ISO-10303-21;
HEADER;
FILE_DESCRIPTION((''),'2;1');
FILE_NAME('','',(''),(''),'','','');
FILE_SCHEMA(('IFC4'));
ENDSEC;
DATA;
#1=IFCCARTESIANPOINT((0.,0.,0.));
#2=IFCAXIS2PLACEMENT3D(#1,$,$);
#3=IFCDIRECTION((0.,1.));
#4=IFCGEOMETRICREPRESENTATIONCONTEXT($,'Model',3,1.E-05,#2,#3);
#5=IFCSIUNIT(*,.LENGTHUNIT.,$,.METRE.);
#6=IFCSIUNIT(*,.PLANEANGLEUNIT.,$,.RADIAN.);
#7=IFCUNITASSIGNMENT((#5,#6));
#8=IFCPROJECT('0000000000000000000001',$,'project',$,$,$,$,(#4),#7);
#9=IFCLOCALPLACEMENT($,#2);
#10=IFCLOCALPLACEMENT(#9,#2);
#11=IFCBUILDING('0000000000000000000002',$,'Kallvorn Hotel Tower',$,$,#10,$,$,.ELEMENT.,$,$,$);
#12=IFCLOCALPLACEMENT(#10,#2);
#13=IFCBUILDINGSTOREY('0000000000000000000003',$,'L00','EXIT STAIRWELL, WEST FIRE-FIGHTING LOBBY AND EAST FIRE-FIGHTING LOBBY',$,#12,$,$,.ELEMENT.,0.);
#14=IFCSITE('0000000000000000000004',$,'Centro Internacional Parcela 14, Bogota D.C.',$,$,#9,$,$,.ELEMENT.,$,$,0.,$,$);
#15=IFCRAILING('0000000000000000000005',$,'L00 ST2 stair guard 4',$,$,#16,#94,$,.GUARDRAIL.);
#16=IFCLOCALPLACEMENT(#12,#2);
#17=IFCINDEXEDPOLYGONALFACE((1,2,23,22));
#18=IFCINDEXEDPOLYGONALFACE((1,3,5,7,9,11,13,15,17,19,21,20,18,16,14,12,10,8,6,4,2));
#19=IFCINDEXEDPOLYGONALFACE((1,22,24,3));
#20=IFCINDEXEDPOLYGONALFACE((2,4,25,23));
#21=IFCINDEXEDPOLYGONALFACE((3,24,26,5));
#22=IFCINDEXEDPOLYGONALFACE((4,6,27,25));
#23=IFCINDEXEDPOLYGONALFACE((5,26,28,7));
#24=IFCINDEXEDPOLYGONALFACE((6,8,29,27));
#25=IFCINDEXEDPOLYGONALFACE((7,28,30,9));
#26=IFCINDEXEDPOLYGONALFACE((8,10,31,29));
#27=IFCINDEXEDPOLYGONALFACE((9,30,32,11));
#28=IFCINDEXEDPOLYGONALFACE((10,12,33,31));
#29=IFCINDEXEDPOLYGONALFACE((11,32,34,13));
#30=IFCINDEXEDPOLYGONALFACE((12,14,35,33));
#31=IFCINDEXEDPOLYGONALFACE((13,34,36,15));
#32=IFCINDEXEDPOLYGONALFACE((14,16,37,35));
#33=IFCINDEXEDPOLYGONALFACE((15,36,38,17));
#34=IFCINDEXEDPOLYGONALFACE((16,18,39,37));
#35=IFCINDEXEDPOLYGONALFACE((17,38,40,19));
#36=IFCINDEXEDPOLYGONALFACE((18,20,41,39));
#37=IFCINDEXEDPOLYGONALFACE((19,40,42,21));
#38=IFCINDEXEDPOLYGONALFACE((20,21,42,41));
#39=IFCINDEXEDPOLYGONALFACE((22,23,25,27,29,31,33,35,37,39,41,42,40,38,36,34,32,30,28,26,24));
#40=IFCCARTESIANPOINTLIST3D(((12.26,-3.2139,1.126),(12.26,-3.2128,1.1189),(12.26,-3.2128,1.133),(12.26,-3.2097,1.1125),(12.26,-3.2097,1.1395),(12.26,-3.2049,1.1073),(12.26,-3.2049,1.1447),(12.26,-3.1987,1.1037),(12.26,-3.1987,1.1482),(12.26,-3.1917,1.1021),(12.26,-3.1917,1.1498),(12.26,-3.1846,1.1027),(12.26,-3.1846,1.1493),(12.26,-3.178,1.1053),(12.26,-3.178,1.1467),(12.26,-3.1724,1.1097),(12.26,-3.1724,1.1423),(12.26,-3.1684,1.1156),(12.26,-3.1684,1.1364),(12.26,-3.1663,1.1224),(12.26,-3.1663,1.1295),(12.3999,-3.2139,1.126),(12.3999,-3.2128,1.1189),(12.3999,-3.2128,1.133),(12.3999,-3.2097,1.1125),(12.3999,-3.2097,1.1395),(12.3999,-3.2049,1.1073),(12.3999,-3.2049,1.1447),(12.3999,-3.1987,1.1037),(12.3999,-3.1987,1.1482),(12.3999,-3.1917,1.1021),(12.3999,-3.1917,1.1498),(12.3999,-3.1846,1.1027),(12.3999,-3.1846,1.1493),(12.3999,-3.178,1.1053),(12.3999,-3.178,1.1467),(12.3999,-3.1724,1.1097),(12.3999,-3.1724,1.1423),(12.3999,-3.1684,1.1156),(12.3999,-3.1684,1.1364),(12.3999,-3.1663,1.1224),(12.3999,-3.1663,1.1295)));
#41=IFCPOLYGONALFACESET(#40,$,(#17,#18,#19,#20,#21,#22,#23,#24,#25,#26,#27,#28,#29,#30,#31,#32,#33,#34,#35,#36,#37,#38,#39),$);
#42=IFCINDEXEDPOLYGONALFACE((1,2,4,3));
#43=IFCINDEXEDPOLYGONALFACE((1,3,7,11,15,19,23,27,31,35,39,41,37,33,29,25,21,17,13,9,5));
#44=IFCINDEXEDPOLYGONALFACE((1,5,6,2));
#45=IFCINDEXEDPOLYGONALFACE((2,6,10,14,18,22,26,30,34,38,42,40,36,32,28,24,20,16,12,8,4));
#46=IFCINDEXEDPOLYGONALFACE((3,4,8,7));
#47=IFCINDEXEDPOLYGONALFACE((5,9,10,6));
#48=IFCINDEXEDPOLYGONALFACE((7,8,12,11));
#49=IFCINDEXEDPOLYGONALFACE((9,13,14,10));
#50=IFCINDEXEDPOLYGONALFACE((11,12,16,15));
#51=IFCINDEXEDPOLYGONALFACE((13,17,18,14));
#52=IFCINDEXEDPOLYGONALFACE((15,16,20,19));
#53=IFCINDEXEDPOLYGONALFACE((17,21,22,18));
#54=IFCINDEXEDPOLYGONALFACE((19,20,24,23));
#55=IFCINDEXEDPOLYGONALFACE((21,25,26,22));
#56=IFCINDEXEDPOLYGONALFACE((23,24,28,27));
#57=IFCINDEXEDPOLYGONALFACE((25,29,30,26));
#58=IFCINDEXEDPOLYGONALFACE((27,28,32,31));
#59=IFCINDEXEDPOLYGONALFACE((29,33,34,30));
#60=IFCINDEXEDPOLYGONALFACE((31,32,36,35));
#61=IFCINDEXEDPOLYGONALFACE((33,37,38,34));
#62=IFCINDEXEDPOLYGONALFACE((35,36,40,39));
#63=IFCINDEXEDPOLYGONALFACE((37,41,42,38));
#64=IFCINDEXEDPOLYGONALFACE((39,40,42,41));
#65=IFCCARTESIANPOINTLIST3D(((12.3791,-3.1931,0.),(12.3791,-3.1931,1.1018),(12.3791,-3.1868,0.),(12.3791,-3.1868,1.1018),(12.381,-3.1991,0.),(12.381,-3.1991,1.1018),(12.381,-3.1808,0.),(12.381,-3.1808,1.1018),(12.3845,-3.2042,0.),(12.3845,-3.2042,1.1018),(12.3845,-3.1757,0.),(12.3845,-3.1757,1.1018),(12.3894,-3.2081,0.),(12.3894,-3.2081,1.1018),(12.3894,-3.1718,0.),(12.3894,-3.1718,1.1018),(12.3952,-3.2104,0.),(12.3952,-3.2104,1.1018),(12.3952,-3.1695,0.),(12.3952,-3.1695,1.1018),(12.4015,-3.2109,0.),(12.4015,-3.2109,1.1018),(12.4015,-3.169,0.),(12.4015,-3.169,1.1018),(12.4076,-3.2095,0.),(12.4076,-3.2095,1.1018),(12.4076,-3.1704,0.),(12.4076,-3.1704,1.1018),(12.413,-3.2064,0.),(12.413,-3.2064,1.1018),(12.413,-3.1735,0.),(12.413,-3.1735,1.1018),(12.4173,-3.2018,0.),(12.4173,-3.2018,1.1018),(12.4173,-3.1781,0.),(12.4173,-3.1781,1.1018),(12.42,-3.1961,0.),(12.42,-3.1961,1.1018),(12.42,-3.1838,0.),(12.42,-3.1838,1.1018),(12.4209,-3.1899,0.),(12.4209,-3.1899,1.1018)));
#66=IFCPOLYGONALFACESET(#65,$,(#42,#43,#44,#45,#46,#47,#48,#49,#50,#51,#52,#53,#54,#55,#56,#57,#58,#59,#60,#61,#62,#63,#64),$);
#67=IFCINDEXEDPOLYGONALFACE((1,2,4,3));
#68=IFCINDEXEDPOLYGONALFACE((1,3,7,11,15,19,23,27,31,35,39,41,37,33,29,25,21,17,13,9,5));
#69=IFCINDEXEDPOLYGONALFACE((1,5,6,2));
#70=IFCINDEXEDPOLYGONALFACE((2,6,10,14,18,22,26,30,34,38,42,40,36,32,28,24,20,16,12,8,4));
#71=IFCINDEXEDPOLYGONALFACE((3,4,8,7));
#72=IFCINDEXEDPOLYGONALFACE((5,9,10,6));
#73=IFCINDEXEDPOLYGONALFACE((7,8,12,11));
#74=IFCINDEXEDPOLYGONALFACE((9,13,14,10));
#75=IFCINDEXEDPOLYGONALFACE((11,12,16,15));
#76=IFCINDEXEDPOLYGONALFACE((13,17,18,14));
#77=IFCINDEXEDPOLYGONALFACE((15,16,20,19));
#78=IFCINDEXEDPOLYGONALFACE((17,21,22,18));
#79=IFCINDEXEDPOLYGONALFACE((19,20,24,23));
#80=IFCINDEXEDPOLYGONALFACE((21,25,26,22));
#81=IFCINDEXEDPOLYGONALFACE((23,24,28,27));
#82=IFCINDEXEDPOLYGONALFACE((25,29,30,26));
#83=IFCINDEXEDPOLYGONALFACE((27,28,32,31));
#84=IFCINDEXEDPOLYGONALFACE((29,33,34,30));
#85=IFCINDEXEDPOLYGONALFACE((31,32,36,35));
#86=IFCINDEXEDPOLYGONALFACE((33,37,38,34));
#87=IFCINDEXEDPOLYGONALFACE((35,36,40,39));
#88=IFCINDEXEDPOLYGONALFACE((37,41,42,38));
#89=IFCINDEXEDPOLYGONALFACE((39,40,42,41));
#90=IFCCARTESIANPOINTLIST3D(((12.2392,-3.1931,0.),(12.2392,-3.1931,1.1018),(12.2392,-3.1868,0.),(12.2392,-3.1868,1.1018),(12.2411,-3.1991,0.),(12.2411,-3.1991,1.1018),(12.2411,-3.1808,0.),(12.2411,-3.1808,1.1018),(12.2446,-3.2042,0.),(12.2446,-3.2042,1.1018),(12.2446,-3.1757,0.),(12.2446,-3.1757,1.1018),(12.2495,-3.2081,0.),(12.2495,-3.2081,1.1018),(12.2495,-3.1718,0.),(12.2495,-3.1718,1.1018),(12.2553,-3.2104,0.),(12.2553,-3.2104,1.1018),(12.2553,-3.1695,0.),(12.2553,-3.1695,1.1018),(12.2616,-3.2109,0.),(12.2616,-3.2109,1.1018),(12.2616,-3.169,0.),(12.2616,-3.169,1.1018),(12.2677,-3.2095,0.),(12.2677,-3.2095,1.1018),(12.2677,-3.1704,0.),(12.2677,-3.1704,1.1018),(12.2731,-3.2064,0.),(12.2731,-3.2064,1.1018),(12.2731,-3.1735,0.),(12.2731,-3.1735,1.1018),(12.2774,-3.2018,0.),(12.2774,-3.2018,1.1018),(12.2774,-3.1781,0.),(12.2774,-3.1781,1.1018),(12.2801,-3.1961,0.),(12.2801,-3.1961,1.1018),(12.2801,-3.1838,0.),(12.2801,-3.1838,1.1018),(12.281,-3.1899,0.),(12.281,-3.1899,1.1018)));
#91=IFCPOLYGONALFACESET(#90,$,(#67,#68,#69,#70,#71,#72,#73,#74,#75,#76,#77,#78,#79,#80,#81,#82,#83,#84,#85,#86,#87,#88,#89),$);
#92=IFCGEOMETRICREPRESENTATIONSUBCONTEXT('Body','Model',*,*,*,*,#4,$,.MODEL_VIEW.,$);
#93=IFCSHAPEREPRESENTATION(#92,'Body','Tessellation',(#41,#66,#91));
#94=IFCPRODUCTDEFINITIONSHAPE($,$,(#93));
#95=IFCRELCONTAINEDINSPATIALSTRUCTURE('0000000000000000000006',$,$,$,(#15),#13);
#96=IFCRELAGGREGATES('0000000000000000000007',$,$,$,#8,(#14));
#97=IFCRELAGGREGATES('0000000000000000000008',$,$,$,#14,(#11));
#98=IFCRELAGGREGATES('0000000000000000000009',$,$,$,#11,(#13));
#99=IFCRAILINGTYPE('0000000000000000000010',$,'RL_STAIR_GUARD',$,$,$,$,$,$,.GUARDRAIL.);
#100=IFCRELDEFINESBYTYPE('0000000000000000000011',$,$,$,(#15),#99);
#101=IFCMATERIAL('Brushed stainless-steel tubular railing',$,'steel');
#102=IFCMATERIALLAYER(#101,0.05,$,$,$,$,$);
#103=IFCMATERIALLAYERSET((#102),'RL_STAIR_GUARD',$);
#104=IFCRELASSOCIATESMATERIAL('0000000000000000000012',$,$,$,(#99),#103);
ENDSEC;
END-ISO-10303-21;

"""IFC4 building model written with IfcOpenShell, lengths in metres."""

from ifc_helpers import new_model, si_unit, direction, frame, origin, origin_2d, place, context, subcontext, project, spatial, circle, extrude, material, layer, layer_set, type_object, element, save


model = new_model("IFC4")

# Units and contexts
model_context = context("Model", 3, precision=1e-05, world=origin(), true_north=direction((0.0, 1.0)))
body_context = subcontext(model_context, "Body", "Model", "MODEL_VIEW")
ifc_project = project(units=[si_unit("LENGTHUNIT", "METRE"), si_unit("PLANEANGLEUNIT", "RADIAN")], contexts=[model_context])

# Site, building, storey
site_placement = place(None, origin())
site = spatial("IfcSite", under=ifc_project, at=site_placement, Name="Centro Internacional Parcela 14, Bogota D.C.", CompositionType="ELEMENT", RefElevation=0.0)
building_placement = place(site_placement, origin())
building = spatial("IfcBuilding", under=site, at=building_placement, Name="Kallvorn Hotel Tower", CompositionType="ELEMENT")
storey_placement = place(building_placement, origin())
storey = spatial("IfcBuildingStorey", under=building, at=storey_placement, Name="L00", Description="EXIT STAIRWELL, WEST FIRE-FIGHTING LOBBY AND EAST FIRE-FIGHTING LOBBY", CompositionType="ELEMENT", Elevation=0.0)

# Railing
ifc_material_1 = material(Name="Brushed stainless-steel tubular railing", Category="steel")
ifc_layer_1 = layer(ifc_material_1, 0.05)
ifc_layer_set_1 = layer_set([ifc_layer_1], Name="RL_STAIR_GUARD")
railing_type_1 = type_object("IfcRailingType", Name="RL_STAIR_GUARD", PredefinedType="GUARDRAIL", material=ifc_layer_set_1)
railing_1_placement = place(storey_placement, frame((12.3999, -3.1899, 0.0)))
element("IfcRailing", 1, at=railing_1_placement, inside=storey, type_object=railing_type_1, Name="L00 ST2 stair guard 4", PredefinedType="GUARDRAIL", context=body_context, shape_type="SweptSolid", body=[
    extrude(circle(Radius=0.0239, at=origin_2d()), frame((0.0, 0.0, 1.126), z_axis=(-1.0, 0.0, 0.0), x_axis=(0.0, -1.0, 0.0)), (0.0, 0.0, 1.0), 0.1399),
    extrude(circle(Radius=0.021, at=origin_2d()), origin(), (0.0, 0.0, 1.0), 1.1018),
    extrude(circle(Radius=0.021, at=origin_2d()), frame((-0.1399, 0.0, 0.0)), (0.0, 0.0, 1.0), 1.1018),
])

save(model, "model.ifc")
